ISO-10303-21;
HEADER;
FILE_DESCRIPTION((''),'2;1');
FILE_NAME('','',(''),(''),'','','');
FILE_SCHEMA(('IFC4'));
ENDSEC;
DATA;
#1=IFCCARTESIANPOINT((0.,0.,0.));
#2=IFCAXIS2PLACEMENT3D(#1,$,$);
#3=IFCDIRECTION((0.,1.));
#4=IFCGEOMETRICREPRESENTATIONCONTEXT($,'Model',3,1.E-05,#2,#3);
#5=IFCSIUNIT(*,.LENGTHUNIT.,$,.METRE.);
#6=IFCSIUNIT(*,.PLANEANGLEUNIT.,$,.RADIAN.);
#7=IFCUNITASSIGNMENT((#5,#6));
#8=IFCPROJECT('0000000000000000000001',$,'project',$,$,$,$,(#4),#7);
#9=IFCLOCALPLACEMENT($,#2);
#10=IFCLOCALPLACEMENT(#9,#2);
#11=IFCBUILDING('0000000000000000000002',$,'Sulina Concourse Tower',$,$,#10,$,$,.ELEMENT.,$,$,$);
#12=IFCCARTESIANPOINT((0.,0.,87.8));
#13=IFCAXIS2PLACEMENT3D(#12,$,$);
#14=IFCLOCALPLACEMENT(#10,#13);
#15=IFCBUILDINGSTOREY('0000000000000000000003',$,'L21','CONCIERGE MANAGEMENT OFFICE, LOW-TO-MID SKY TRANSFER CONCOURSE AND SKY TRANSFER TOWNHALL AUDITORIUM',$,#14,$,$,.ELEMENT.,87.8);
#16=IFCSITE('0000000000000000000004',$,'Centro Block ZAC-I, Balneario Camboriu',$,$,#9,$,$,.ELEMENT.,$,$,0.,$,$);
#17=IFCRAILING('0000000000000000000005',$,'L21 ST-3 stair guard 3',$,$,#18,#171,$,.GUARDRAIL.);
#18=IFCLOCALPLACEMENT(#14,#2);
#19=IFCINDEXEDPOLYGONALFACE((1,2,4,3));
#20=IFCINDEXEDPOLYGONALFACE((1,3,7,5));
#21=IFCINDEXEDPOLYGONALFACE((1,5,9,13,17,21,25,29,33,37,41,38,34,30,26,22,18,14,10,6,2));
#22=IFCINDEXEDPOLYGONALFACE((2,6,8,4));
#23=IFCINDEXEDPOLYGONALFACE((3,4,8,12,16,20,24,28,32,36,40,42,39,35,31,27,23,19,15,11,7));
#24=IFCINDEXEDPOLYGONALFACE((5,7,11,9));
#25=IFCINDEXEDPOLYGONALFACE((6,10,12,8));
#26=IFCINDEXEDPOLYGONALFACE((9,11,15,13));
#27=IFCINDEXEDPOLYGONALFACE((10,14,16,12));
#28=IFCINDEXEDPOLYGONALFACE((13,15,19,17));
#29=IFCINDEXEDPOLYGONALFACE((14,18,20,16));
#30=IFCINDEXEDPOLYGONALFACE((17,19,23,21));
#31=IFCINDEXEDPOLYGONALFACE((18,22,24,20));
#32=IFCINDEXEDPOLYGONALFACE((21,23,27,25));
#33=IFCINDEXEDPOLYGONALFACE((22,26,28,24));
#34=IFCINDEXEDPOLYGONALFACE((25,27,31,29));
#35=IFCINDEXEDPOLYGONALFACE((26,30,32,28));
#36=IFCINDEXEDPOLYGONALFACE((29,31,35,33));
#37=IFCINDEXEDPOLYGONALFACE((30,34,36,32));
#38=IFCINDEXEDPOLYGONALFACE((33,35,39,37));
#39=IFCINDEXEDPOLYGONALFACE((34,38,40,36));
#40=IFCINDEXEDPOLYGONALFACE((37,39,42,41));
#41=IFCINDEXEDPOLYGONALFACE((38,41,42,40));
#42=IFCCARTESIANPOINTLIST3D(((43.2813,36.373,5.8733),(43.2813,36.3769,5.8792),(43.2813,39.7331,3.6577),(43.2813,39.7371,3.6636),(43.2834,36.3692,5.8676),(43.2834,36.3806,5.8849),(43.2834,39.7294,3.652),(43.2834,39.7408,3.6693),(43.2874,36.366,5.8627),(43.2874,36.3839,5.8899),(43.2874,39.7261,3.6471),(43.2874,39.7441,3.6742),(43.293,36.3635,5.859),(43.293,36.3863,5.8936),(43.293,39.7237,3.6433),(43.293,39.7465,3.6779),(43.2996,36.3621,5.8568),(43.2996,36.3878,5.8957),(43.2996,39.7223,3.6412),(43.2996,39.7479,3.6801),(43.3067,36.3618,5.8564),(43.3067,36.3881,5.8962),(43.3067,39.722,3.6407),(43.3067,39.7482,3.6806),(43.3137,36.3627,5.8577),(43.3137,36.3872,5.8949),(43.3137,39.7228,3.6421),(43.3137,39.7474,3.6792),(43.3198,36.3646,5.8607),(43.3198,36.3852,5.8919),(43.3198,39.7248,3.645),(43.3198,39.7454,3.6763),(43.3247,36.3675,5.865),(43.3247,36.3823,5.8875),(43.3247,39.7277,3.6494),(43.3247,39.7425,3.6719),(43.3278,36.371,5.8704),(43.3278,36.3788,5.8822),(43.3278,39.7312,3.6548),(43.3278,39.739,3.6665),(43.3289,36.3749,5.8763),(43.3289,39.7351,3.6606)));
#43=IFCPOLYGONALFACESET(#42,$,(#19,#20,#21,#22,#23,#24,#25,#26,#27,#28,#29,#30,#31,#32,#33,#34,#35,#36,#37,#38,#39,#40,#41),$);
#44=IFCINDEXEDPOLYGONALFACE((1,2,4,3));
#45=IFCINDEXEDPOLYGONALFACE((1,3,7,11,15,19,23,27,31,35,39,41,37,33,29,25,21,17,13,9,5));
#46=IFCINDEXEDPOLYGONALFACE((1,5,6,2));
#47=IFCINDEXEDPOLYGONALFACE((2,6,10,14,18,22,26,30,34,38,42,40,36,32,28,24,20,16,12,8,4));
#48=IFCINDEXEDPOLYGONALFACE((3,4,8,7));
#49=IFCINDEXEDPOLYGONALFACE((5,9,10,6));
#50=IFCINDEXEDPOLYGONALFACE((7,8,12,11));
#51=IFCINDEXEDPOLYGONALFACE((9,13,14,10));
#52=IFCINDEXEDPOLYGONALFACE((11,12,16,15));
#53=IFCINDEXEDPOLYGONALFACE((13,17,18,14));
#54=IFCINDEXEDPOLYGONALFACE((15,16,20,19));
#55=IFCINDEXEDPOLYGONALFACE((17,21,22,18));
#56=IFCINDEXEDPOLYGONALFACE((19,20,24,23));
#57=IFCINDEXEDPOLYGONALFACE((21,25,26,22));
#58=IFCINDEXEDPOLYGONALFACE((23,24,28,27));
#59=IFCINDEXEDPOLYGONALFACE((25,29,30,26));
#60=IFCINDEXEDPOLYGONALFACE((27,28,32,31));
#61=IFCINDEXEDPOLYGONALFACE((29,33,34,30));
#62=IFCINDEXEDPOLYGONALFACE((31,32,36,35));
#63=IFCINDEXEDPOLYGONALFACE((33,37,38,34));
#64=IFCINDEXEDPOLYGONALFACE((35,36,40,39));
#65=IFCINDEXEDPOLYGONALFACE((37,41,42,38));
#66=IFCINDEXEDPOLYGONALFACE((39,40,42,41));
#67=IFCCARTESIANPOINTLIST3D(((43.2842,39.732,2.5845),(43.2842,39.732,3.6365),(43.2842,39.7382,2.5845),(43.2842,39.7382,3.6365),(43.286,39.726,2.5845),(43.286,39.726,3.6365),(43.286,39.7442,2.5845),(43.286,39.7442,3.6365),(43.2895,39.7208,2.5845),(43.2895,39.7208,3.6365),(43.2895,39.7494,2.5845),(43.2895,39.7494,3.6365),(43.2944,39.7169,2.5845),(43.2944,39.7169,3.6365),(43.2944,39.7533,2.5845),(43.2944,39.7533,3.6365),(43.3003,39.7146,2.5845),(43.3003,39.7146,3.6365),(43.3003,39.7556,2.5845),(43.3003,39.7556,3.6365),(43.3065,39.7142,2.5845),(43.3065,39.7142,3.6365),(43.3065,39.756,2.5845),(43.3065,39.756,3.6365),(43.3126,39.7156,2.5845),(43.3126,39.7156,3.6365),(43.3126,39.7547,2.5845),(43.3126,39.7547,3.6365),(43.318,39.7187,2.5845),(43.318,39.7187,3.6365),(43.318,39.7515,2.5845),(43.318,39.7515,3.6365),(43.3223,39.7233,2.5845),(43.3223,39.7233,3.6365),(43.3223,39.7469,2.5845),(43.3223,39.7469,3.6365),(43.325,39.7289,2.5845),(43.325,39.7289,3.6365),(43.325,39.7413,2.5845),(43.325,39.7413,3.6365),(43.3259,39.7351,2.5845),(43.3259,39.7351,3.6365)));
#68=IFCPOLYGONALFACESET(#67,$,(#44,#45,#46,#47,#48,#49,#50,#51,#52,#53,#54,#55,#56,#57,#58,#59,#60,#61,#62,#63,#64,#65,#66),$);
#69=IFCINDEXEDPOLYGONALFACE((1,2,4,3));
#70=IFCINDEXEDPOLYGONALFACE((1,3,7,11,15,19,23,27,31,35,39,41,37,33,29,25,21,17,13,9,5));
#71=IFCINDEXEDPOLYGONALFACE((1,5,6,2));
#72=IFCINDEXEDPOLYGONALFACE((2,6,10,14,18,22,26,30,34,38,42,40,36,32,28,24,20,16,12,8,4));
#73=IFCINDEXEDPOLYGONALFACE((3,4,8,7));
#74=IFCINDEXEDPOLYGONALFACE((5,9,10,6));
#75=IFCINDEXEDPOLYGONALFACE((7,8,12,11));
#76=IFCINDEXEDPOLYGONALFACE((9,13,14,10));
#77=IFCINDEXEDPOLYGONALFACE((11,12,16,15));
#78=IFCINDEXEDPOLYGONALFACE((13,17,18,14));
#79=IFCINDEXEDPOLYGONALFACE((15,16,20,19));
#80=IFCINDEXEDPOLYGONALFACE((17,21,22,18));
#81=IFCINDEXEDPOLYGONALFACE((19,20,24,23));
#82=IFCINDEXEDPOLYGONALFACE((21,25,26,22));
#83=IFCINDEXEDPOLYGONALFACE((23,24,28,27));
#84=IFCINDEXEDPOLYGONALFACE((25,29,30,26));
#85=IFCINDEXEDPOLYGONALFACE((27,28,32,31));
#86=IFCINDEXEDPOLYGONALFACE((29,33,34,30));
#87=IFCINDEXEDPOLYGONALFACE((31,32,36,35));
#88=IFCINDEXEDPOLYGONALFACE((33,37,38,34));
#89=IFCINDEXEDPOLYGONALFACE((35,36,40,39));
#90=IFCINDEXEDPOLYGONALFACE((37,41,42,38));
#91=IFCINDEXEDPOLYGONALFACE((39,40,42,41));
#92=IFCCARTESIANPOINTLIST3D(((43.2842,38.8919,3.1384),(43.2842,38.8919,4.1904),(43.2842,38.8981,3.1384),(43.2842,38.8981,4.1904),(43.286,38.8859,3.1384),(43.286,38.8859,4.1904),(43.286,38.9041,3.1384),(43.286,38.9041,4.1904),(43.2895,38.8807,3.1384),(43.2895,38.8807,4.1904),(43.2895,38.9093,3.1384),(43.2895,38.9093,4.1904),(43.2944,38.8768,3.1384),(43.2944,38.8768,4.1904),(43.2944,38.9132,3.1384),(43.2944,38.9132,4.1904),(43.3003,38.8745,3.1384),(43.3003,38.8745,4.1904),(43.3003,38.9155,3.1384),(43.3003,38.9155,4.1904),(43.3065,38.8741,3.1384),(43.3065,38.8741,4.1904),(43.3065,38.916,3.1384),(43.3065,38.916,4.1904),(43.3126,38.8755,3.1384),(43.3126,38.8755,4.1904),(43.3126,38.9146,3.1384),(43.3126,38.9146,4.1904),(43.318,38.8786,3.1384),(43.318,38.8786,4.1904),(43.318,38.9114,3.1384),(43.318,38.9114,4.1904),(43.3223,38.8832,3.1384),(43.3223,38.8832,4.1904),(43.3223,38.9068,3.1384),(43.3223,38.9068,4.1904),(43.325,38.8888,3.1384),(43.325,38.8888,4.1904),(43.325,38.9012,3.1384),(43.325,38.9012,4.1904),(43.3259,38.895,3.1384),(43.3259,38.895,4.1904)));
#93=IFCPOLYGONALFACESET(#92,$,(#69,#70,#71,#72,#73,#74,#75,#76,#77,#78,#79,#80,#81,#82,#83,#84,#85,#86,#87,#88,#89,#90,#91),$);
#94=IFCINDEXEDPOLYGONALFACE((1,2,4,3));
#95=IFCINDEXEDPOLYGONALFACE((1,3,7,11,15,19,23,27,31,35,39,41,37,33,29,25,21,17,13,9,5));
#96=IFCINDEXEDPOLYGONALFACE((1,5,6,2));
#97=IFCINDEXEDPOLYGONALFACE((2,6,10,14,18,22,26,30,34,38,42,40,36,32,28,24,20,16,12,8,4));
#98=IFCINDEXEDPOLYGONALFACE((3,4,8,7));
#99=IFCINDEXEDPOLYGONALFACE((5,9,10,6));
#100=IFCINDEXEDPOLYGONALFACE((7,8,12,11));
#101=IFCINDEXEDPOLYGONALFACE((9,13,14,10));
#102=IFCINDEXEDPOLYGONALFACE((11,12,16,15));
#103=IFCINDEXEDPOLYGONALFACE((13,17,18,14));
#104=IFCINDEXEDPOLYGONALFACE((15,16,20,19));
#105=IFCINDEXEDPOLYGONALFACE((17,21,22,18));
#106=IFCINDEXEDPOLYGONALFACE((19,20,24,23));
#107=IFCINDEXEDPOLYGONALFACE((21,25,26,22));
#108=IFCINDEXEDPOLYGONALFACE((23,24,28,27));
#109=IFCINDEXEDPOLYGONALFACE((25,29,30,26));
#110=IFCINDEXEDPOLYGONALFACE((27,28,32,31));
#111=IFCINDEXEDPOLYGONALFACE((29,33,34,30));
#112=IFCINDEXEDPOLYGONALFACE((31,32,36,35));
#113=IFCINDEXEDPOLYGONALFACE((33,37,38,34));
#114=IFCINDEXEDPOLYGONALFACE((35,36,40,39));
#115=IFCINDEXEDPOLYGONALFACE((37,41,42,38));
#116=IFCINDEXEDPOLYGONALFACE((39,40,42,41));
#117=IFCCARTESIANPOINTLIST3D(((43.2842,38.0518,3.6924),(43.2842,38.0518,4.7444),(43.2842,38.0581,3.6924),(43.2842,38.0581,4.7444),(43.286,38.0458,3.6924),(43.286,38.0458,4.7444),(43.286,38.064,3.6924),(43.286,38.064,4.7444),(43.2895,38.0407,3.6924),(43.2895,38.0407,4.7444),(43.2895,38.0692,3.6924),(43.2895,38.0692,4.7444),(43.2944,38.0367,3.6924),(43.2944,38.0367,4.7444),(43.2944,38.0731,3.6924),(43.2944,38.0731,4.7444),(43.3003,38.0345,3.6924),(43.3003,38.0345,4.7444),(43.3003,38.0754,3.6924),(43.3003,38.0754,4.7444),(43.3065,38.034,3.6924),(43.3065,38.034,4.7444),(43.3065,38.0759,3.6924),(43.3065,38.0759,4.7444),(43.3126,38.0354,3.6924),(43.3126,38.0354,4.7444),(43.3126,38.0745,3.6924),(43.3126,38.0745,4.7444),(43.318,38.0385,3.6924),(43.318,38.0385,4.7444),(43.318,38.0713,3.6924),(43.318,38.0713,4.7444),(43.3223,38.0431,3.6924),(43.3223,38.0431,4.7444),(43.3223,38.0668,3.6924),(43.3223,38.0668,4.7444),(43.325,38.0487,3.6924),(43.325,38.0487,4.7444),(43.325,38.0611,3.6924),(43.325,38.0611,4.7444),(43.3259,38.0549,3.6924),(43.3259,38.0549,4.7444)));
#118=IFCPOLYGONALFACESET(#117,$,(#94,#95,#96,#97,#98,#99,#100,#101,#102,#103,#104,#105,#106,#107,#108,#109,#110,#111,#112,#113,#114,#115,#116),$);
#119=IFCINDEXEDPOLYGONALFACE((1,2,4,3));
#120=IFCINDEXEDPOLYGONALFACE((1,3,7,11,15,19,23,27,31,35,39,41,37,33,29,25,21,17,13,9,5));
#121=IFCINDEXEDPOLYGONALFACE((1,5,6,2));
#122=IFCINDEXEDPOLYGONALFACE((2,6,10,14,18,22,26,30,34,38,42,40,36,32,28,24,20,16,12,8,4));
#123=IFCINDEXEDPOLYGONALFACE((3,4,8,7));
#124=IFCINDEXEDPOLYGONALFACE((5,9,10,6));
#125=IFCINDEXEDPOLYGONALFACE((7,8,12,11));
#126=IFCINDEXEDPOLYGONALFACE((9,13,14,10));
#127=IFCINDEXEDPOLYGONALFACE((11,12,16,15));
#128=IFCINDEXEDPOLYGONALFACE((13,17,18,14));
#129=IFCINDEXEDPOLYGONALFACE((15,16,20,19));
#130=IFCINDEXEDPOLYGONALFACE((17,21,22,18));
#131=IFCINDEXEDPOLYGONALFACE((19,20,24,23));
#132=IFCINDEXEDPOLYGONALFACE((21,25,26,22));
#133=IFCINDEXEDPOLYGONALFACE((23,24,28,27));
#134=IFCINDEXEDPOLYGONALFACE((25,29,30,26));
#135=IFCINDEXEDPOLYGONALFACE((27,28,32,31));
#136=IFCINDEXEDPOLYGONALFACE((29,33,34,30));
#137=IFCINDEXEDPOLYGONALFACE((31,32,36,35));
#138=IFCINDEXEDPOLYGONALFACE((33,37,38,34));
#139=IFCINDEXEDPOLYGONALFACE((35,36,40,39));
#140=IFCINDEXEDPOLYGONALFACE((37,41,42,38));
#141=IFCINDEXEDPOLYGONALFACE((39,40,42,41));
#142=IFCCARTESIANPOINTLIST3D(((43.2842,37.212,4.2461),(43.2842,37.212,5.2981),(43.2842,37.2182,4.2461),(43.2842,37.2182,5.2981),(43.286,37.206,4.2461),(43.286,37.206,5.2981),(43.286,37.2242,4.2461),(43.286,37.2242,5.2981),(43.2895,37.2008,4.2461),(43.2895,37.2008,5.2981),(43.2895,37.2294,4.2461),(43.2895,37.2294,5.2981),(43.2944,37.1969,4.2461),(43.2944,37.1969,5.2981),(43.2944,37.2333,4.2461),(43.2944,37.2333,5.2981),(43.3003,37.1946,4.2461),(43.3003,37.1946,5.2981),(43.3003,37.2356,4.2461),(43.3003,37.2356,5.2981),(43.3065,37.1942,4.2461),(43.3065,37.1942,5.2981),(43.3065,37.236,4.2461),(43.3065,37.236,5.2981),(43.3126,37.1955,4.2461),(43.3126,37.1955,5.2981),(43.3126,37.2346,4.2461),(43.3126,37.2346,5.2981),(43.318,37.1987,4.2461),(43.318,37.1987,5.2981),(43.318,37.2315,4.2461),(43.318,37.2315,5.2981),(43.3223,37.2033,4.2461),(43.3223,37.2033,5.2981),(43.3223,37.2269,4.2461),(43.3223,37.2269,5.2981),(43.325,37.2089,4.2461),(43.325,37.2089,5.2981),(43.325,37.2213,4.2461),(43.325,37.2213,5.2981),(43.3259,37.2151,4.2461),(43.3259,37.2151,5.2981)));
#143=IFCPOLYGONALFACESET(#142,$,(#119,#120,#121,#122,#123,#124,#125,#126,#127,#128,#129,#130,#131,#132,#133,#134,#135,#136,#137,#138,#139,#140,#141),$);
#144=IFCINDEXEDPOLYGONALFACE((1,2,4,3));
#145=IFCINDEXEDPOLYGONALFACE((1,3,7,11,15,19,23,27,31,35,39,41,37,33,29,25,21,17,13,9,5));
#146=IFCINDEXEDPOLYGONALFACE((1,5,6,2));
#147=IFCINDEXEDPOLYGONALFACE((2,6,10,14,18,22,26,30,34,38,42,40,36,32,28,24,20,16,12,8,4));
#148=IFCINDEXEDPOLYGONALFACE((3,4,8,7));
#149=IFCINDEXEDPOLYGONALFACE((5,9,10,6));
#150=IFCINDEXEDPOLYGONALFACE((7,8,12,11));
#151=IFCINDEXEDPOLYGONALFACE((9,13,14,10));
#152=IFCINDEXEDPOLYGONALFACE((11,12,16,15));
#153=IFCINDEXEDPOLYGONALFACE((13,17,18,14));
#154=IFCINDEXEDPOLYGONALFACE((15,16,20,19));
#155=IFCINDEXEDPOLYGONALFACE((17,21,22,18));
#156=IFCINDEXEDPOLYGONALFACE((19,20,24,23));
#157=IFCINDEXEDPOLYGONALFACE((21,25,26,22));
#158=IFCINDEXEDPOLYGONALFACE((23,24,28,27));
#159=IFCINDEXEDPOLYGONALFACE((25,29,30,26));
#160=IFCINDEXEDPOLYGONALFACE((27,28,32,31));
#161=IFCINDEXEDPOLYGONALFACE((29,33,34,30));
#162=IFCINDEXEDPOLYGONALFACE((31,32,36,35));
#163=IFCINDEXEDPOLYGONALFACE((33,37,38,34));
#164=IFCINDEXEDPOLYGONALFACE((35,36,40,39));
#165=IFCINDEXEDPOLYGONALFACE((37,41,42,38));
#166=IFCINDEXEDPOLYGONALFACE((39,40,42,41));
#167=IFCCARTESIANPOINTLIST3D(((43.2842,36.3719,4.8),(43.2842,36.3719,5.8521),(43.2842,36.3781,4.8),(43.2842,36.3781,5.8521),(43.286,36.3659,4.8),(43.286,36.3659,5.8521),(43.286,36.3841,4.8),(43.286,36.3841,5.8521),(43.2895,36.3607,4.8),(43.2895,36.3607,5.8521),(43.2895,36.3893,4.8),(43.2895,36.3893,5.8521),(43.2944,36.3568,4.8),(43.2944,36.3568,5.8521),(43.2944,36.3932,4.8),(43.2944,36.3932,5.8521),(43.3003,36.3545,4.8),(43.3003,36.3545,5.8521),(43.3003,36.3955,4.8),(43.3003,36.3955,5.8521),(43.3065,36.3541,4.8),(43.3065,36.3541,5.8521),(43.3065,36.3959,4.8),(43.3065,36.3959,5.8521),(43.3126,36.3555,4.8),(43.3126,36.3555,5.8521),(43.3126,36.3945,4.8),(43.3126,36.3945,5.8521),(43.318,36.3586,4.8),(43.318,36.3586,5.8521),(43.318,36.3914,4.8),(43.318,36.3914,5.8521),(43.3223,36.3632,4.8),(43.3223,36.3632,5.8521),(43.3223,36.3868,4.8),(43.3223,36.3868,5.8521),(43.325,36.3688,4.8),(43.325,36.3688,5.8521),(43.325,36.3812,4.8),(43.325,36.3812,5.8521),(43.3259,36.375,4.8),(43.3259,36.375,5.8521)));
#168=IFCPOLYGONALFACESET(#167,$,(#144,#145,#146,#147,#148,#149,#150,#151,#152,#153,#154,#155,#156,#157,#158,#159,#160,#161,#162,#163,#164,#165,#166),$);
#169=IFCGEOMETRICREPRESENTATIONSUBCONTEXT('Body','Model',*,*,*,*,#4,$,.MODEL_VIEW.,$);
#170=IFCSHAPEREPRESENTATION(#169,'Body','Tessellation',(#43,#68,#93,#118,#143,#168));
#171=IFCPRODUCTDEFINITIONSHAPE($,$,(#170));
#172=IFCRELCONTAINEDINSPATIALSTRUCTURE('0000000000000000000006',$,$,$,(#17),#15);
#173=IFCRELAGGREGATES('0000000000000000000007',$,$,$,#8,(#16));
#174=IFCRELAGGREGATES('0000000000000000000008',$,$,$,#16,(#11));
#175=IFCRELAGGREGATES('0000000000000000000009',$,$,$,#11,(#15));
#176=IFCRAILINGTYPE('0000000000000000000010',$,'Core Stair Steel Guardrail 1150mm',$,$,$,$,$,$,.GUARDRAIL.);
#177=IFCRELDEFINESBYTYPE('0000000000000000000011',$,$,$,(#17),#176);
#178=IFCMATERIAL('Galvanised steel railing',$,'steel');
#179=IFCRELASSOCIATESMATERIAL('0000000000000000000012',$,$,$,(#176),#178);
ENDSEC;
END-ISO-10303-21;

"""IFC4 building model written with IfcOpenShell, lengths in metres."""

from ifc_helpers import new_model, si_unit, direction, frame, origin, origin_2d, place, context, subcontext, project, spatial, circle, extrude, material, type_object, element, save


model = new_model("IFC4")

# Units and contexts
model_context = context("Model", 3, precision=1e-05, world=origin(), true_north=direction((0.0, 1.0)))
body_context = subcontext(model_context, "Body", "Model", "MODEL_VIEW")
ifc_project = project(units=[si_unit("LENGTHUNIT", "METRE"), si_unit("PLANEANGLEUNIT", "RADIAN")], contexts=[model_context])

# Site, building, storey
site_placement = place(None, origin())
site = spatial("IfcSite", under=ifc_project, at=site_placement, Name="Centro Block ZAC-I, Balneario Camboriu", CompositionType="ELEMENT", RefElevation=0.0)
building_placement = place(site_placement, origin())
building = spatial("IfcBuilding", under=site, at=building_placement, Name="Sulina Concourse Tower", CompositionType="ELEMENT")
storey_placement = place(building_placement, frame((0.0, 0.0, 87.8)))
storey = spatial("IfcBuildingStorey", under=building, at=storey_placement, Name="L21", Description="CONCIERGE MANAGEMENT OFFICE, LOW-TO-MID SKY TRANSFER CONCOURSE AND SKY TRANSFER TOWNHALL AUDITORIUM", CompositionType="ELEMENT", Elevation=87.8)

# Railing
ifc_material_1 = material(Name="Galvanised steel railing", Category="steel")
railing_type_1 = type_object("IfcRailingType", Name="Core Stair Steel Guardrail 1150mm", PredefinedType="GUARDRAIL", material=ifc_material_1)
railing_1_placement = place(storey_placement, frame((43.3049, 39.7351, 2.5845)))
element("IfcRailing", 1, at=railing_1_placement, inside=storey, type_object=railing_type_1, Name="L21 ST-3 stair guard 3", PredefinedType="GUARDRAIL", context=body_context, shape_type="SweptSolid", body=[
    extrude(circle(Radius=0.0239, at=origin_2d()), frame((0.0, 0.0, 1.0762), z_axis=(0.0, -0.834849, 0.55048), x_axis=(1.0, 0.0, 0.0)), (0.0, 0.0, 1.0), 4.0249),
    extrude(circle(Radius=0.021, at=origin_2d()), origin(), (0.0, 0.0, 1.0), 1.052),
    extrude(circle(Radius=0.021, at=origin_2d()), frame((0.0, -0.8401, 0.554)), (0.0, 0.0, 1.0), 1.052),
    extrude(circle(Radius=0.021, at=origin_2d()), frame((0.0, -1.6802, 1.1079)), (0.0, 0.0, 1.0), 1.052),
    extrude(circle(Radius=0.021, at=origin_2d()), frame((0.0, -2.52, 1.6616)), (0.0, 0.0, 1.0), 1.052),
    extrude(circle(Radius=0.021, at=origin_2d()), frame((0.0, -3.3601, 2.2156)), (0.0, 0.0, 1.0), 1.052),
])

save(model, "model.ifc")
